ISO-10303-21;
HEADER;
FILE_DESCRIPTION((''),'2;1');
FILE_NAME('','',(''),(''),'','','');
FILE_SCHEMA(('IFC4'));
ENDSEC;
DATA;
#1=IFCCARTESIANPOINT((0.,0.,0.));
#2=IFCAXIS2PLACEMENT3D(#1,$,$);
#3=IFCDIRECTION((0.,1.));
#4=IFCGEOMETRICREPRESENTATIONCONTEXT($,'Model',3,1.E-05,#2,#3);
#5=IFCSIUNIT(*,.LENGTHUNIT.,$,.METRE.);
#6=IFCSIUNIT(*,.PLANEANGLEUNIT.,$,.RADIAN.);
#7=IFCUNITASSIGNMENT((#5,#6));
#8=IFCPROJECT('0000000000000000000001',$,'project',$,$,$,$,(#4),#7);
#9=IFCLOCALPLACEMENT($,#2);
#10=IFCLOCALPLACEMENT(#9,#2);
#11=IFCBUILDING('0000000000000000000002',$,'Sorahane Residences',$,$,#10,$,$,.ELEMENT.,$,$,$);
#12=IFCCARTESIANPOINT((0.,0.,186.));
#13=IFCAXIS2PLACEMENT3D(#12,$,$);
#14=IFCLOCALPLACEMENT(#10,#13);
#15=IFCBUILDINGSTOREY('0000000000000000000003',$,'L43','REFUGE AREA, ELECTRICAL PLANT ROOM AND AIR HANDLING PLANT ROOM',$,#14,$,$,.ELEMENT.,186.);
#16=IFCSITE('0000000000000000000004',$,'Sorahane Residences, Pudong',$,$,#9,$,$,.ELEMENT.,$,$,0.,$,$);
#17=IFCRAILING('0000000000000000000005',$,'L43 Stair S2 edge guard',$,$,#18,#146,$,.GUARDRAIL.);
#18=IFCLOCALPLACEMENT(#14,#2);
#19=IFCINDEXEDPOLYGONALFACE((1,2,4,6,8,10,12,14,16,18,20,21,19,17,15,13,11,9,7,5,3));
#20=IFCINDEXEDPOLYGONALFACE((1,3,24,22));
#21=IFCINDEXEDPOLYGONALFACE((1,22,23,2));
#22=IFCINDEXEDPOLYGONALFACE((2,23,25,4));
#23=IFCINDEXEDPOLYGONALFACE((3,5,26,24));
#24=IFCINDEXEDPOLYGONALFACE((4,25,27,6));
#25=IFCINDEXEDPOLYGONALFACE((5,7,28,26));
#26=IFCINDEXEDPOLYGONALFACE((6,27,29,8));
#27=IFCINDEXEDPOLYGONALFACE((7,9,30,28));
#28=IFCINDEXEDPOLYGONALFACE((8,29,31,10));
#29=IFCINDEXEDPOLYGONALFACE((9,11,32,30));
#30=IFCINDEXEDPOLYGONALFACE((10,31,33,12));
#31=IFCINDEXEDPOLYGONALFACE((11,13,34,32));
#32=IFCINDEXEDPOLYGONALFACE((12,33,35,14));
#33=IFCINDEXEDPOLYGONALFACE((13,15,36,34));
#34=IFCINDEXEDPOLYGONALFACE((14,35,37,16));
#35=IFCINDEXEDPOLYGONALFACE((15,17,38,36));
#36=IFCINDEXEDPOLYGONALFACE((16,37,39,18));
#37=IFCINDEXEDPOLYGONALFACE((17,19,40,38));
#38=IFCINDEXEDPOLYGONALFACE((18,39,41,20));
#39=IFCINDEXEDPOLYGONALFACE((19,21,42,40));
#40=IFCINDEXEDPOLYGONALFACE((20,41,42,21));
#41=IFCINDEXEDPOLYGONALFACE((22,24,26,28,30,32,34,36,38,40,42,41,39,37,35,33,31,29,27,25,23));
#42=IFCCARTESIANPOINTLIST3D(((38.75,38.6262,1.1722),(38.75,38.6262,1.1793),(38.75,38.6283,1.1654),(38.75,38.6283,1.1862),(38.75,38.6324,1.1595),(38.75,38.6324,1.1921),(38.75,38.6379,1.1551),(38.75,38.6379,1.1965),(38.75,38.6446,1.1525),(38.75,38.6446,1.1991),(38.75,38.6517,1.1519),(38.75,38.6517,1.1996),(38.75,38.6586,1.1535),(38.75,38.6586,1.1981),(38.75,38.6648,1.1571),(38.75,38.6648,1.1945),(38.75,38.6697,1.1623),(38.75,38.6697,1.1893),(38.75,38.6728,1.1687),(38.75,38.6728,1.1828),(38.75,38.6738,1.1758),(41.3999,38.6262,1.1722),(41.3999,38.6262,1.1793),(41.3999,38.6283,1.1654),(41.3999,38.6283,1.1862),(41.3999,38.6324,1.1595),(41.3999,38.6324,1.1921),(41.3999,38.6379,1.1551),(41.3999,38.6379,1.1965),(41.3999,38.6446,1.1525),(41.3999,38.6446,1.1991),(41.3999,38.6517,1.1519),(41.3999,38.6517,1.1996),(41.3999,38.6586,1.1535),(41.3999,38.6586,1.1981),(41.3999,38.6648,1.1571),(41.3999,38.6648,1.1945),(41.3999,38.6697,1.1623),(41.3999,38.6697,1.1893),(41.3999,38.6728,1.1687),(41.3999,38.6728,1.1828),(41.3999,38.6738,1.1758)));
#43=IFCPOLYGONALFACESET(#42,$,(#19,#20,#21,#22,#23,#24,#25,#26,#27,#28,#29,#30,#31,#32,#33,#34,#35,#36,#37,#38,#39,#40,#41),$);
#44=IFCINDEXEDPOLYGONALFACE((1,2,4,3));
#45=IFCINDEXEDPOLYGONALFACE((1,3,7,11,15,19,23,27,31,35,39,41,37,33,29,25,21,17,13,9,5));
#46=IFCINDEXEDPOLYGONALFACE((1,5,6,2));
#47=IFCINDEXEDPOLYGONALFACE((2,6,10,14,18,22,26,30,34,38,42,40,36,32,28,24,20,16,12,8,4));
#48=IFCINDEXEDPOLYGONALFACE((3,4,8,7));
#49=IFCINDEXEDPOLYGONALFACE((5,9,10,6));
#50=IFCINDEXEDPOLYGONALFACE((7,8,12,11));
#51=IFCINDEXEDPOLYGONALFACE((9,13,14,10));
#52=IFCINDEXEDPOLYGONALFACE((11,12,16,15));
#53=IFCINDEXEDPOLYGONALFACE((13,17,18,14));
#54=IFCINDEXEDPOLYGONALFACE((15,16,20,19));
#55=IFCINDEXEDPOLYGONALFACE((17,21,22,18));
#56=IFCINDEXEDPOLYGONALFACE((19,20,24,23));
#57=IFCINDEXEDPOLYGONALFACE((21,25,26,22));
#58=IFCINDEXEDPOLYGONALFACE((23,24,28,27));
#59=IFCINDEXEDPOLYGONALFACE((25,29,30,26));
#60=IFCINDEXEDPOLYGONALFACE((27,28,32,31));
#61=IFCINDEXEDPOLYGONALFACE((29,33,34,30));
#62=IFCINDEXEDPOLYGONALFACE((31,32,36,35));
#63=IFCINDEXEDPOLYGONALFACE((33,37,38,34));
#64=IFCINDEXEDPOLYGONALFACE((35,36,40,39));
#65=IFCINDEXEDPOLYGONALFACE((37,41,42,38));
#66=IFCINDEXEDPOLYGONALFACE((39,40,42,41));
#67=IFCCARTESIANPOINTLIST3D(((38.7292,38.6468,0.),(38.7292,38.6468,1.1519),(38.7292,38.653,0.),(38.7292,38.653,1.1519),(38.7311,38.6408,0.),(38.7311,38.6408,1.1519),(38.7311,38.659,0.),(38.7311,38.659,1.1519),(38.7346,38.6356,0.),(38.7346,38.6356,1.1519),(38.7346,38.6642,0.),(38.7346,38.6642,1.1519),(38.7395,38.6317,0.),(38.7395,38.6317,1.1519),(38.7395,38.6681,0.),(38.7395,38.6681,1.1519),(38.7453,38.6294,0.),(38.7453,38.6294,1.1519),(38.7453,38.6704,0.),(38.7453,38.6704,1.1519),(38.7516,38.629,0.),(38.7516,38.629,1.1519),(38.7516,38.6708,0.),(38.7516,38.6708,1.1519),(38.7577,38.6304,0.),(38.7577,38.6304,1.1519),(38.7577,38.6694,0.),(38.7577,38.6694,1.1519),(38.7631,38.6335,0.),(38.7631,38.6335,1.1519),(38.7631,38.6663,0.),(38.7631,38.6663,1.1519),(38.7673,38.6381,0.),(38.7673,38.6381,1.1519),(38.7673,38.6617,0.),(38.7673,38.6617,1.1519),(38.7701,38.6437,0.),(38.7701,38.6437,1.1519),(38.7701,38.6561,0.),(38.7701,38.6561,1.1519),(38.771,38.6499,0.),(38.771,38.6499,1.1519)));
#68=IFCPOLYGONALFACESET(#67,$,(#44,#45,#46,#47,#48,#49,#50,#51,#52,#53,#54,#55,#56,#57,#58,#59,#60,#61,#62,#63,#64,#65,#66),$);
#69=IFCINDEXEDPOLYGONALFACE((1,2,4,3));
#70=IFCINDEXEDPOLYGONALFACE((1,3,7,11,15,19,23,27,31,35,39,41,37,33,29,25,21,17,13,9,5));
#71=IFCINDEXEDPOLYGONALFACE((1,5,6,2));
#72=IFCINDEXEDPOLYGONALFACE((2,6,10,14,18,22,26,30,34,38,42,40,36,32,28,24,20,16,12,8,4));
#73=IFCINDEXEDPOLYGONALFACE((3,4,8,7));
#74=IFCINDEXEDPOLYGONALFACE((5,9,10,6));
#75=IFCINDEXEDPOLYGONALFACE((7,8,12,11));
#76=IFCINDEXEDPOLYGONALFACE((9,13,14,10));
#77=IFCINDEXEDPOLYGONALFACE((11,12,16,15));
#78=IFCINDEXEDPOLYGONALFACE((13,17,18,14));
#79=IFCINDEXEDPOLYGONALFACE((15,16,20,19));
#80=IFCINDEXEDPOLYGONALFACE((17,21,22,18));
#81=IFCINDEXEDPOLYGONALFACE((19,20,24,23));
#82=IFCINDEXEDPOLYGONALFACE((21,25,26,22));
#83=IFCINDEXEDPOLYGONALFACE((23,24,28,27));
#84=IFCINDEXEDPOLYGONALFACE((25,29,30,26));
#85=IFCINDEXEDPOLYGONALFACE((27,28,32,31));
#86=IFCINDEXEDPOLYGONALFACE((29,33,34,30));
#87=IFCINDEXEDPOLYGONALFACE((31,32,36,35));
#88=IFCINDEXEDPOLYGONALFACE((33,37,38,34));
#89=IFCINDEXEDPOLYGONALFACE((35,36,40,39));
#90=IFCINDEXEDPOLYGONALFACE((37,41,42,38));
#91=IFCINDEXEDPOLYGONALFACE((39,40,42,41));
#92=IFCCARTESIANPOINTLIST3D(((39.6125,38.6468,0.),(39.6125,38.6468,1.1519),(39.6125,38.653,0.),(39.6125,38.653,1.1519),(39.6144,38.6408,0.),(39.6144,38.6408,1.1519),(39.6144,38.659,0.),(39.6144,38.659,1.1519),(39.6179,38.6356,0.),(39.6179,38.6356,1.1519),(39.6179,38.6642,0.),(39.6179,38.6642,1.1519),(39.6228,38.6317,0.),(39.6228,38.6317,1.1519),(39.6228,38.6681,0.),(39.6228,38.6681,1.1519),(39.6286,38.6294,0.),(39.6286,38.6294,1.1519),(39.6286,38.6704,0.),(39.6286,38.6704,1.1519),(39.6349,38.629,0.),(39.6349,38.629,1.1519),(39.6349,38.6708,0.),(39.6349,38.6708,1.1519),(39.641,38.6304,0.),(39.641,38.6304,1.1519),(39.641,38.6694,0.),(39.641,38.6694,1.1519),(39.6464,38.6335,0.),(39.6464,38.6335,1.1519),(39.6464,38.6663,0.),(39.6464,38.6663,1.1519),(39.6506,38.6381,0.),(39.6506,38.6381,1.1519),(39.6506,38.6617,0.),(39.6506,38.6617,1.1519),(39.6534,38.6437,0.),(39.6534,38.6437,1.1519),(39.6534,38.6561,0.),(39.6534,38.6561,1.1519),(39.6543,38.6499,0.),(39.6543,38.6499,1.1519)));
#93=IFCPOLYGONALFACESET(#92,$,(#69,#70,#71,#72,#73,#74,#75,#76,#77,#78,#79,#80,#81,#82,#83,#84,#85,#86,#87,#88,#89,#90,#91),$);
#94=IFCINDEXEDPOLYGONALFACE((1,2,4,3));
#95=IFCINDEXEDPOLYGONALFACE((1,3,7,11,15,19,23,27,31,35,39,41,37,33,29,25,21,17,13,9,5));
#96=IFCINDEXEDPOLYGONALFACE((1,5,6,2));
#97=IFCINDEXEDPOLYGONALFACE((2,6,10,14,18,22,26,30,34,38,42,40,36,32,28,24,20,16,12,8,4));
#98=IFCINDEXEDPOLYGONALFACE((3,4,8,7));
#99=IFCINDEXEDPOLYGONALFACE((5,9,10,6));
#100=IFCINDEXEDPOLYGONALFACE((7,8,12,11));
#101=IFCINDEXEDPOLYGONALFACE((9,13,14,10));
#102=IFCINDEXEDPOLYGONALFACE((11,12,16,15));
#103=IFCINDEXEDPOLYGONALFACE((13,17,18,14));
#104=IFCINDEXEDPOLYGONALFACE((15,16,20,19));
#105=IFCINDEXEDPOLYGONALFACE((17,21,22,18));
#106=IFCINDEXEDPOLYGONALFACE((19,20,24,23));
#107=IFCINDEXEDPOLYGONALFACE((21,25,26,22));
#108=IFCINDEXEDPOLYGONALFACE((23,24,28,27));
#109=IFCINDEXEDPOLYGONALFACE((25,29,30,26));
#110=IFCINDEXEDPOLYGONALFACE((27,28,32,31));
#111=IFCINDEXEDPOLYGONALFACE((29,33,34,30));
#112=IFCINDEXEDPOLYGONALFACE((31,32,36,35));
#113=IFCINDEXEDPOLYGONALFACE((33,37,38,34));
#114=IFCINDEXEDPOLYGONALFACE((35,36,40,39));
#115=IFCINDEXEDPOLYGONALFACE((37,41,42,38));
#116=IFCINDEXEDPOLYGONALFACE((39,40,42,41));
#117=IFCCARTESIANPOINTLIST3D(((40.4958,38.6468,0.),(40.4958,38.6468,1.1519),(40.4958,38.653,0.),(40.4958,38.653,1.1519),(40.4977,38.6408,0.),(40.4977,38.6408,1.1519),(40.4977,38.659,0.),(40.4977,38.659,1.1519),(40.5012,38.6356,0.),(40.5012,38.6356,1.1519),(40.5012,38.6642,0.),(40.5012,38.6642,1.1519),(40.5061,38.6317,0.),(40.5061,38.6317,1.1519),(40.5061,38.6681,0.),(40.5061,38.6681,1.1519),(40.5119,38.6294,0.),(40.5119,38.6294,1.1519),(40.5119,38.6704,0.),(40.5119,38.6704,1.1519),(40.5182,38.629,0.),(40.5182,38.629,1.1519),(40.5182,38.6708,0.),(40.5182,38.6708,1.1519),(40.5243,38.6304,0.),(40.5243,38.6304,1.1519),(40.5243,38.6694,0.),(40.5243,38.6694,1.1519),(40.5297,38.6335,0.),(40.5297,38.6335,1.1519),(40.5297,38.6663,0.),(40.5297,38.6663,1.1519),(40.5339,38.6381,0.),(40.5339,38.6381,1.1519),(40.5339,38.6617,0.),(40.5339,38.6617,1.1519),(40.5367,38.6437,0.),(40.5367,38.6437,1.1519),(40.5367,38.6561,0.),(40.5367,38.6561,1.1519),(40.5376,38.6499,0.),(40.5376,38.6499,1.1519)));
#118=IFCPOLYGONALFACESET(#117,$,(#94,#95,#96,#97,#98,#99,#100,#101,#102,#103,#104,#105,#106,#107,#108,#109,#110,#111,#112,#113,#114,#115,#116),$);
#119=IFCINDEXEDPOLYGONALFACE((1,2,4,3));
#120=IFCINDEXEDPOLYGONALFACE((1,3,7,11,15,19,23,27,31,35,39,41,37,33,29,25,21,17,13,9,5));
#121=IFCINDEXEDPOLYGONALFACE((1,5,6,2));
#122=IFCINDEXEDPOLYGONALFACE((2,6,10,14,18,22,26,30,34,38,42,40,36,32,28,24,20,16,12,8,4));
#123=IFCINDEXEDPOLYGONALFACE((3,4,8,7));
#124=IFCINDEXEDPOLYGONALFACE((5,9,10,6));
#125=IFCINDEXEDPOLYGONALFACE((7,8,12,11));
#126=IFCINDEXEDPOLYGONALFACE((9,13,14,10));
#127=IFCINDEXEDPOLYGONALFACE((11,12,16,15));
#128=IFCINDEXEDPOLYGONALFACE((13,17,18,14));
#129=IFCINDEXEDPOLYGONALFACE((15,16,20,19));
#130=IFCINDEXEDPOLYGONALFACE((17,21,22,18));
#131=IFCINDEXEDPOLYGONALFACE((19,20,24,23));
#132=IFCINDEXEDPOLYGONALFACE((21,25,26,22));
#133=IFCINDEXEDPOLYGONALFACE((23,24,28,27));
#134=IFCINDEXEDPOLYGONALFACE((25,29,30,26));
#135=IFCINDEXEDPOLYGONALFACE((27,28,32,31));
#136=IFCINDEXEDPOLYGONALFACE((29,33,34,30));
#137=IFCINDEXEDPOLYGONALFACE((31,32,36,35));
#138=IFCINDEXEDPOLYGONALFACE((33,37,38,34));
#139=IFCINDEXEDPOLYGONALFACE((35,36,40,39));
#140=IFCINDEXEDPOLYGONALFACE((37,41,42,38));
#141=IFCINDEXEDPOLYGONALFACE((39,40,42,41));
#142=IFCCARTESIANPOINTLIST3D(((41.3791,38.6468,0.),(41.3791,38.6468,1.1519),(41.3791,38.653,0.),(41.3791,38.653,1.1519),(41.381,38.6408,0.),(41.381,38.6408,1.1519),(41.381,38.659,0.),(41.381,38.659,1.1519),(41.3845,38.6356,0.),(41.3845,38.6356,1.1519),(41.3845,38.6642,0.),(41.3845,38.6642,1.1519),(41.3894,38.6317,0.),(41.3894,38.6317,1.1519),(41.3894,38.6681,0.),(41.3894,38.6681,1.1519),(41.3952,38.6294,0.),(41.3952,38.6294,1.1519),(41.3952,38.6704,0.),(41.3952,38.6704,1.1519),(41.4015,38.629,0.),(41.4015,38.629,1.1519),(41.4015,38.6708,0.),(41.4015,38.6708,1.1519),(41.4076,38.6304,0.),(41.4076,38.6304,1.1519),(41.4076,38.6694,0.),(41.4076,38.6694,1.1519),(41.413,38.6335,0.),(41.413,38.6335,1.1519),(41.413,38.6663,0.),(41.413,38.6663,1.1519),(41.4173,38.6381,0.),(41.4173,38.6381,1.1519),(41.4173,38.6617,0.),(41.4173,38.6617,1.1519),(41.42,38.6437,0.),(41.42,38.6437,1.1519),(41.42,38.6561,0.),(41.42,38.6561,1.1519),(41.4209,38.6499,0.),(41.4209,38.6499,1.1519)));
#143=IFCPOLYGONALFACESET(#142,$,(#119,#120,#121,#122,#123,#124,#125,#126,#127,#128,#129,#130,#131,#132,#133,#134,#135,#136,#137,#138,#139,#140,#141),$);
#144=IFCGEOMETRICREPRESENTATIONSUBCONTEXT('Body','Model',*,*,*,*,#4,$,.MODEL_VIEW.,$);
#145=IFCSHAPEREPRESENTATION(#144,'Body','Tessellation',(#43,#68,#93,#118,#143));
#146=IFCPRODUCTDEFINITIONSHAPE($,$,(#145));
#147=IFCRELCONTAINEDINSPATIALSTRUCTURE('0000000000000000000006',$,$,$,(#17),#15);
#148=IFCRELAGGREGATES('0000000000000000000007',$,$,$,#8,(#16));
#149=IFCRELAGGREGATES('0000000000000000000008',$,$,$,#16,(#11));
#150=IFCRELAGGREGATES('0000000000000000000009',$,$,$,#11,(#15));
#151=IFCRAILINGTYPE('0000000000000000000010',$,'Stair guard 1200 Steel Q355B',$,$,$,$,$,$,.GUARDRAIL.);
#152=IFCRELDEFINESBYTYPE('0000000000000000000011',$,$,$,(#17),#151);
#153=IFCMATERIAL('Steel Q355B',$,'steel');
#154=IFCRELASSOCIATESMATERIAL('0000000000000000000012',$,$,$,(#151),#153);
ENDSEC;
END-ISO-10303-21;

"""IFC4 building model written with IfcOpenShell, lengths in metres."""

from ifc_helpers import new_model, si_unit, direction, frame, origin, origin_2d, place, context, subcontext, project, spatial, circle, extrude, material, type_object, element, save


model = new_model("IFC4")

# Units and contexts
model_context = context("Model", 3, precision=1e-05, world=origin(), true_north=direction((0.0, 1.0)))
body_context = subcontext(model_context, "Body", "Model", "MODEL_VIEW")
ifc_project = project(units=[si_unit("LENGTHUNIT", "METRE"), si_unit("PLANEANGLEUNIT", "RADIAN")], contexts=[model_context])

# Site, building, storey
site_placement = place(None, origin())
site = spatial("IfcSite", under=ifc_project, at=site_placement, Name="Sorahane Residences, Pudong", CompositionType="ELEMENT", RefElevation=0.0)
building_placement = place(site_placement, origin())
building = spatial("IfcBuilding", under=site, at=building_placement, Name="Sorahane Residences", CompositionType="ELEMENT")
storey_placement = place(building_placement, frame((0.0, 0.0, 186.0)))
storey = spatial("IfcBuildingStorey", under=building, at=storey_placement, Name="L43", Description="REFUGE AREA, ELECTRICAL PLANT ROOM AND AIR HANDLING PLANT ROOM", CompositionType="ELEMENT", Elevation=186.0)

# Railing
ifc_material_1 = material(Name="Steel Q355B", Category="steel")
railing_type = type_object("IfcRailingType", Name="Stair guard 1200 Steel Q355B", PredefinedType="GUARDRAIL", material=ifc_material_1)
railing_1_placement = place(storey_placement, frame((38.75, 38.6499, 0.0)))
element("IfcRailing", 1, at=railing_1_placement, inside=storey, type_object=railing_type, Name="L43 Stair S2 edge guard", PredefinedType="GUARDRAIL", context=body_context, shape_type="SweptSolid", body=[
    extrude(circle(Radius=0.0239, at=origin_2d()), frame((0.0, 0.0, 1.1758), z_axis=(1.0, 0.0, 0.0), x_axis=(0.0, 1.0, 0.0)), (0.0, 0.0, 1.0), 2.6499),
    extrude(circle(Radius=0.021, at=origin_2d()), origin(), (0.0, 0.0, 1.0), 1.1519),
    extrude(circle(Radius=0.021, at=origin_2d()), frame((0.8833, 0.0, 0.0)), (0.0, 0.0, 1.0), 1.1519),
    extrude(circle(Radius=0.021, at=origin_2d()), frame((1.7666, 0.0, 0.0)), (0.0, 0.0, 1.0), 1.1519),
    extrude(circle(Radius=0.021, at=origin_2d()), frame((2.6499, 0.0, 0.0)), (0.0, 0.0, 1.0), 1.1519),
])

save(model, "model.ifc")
